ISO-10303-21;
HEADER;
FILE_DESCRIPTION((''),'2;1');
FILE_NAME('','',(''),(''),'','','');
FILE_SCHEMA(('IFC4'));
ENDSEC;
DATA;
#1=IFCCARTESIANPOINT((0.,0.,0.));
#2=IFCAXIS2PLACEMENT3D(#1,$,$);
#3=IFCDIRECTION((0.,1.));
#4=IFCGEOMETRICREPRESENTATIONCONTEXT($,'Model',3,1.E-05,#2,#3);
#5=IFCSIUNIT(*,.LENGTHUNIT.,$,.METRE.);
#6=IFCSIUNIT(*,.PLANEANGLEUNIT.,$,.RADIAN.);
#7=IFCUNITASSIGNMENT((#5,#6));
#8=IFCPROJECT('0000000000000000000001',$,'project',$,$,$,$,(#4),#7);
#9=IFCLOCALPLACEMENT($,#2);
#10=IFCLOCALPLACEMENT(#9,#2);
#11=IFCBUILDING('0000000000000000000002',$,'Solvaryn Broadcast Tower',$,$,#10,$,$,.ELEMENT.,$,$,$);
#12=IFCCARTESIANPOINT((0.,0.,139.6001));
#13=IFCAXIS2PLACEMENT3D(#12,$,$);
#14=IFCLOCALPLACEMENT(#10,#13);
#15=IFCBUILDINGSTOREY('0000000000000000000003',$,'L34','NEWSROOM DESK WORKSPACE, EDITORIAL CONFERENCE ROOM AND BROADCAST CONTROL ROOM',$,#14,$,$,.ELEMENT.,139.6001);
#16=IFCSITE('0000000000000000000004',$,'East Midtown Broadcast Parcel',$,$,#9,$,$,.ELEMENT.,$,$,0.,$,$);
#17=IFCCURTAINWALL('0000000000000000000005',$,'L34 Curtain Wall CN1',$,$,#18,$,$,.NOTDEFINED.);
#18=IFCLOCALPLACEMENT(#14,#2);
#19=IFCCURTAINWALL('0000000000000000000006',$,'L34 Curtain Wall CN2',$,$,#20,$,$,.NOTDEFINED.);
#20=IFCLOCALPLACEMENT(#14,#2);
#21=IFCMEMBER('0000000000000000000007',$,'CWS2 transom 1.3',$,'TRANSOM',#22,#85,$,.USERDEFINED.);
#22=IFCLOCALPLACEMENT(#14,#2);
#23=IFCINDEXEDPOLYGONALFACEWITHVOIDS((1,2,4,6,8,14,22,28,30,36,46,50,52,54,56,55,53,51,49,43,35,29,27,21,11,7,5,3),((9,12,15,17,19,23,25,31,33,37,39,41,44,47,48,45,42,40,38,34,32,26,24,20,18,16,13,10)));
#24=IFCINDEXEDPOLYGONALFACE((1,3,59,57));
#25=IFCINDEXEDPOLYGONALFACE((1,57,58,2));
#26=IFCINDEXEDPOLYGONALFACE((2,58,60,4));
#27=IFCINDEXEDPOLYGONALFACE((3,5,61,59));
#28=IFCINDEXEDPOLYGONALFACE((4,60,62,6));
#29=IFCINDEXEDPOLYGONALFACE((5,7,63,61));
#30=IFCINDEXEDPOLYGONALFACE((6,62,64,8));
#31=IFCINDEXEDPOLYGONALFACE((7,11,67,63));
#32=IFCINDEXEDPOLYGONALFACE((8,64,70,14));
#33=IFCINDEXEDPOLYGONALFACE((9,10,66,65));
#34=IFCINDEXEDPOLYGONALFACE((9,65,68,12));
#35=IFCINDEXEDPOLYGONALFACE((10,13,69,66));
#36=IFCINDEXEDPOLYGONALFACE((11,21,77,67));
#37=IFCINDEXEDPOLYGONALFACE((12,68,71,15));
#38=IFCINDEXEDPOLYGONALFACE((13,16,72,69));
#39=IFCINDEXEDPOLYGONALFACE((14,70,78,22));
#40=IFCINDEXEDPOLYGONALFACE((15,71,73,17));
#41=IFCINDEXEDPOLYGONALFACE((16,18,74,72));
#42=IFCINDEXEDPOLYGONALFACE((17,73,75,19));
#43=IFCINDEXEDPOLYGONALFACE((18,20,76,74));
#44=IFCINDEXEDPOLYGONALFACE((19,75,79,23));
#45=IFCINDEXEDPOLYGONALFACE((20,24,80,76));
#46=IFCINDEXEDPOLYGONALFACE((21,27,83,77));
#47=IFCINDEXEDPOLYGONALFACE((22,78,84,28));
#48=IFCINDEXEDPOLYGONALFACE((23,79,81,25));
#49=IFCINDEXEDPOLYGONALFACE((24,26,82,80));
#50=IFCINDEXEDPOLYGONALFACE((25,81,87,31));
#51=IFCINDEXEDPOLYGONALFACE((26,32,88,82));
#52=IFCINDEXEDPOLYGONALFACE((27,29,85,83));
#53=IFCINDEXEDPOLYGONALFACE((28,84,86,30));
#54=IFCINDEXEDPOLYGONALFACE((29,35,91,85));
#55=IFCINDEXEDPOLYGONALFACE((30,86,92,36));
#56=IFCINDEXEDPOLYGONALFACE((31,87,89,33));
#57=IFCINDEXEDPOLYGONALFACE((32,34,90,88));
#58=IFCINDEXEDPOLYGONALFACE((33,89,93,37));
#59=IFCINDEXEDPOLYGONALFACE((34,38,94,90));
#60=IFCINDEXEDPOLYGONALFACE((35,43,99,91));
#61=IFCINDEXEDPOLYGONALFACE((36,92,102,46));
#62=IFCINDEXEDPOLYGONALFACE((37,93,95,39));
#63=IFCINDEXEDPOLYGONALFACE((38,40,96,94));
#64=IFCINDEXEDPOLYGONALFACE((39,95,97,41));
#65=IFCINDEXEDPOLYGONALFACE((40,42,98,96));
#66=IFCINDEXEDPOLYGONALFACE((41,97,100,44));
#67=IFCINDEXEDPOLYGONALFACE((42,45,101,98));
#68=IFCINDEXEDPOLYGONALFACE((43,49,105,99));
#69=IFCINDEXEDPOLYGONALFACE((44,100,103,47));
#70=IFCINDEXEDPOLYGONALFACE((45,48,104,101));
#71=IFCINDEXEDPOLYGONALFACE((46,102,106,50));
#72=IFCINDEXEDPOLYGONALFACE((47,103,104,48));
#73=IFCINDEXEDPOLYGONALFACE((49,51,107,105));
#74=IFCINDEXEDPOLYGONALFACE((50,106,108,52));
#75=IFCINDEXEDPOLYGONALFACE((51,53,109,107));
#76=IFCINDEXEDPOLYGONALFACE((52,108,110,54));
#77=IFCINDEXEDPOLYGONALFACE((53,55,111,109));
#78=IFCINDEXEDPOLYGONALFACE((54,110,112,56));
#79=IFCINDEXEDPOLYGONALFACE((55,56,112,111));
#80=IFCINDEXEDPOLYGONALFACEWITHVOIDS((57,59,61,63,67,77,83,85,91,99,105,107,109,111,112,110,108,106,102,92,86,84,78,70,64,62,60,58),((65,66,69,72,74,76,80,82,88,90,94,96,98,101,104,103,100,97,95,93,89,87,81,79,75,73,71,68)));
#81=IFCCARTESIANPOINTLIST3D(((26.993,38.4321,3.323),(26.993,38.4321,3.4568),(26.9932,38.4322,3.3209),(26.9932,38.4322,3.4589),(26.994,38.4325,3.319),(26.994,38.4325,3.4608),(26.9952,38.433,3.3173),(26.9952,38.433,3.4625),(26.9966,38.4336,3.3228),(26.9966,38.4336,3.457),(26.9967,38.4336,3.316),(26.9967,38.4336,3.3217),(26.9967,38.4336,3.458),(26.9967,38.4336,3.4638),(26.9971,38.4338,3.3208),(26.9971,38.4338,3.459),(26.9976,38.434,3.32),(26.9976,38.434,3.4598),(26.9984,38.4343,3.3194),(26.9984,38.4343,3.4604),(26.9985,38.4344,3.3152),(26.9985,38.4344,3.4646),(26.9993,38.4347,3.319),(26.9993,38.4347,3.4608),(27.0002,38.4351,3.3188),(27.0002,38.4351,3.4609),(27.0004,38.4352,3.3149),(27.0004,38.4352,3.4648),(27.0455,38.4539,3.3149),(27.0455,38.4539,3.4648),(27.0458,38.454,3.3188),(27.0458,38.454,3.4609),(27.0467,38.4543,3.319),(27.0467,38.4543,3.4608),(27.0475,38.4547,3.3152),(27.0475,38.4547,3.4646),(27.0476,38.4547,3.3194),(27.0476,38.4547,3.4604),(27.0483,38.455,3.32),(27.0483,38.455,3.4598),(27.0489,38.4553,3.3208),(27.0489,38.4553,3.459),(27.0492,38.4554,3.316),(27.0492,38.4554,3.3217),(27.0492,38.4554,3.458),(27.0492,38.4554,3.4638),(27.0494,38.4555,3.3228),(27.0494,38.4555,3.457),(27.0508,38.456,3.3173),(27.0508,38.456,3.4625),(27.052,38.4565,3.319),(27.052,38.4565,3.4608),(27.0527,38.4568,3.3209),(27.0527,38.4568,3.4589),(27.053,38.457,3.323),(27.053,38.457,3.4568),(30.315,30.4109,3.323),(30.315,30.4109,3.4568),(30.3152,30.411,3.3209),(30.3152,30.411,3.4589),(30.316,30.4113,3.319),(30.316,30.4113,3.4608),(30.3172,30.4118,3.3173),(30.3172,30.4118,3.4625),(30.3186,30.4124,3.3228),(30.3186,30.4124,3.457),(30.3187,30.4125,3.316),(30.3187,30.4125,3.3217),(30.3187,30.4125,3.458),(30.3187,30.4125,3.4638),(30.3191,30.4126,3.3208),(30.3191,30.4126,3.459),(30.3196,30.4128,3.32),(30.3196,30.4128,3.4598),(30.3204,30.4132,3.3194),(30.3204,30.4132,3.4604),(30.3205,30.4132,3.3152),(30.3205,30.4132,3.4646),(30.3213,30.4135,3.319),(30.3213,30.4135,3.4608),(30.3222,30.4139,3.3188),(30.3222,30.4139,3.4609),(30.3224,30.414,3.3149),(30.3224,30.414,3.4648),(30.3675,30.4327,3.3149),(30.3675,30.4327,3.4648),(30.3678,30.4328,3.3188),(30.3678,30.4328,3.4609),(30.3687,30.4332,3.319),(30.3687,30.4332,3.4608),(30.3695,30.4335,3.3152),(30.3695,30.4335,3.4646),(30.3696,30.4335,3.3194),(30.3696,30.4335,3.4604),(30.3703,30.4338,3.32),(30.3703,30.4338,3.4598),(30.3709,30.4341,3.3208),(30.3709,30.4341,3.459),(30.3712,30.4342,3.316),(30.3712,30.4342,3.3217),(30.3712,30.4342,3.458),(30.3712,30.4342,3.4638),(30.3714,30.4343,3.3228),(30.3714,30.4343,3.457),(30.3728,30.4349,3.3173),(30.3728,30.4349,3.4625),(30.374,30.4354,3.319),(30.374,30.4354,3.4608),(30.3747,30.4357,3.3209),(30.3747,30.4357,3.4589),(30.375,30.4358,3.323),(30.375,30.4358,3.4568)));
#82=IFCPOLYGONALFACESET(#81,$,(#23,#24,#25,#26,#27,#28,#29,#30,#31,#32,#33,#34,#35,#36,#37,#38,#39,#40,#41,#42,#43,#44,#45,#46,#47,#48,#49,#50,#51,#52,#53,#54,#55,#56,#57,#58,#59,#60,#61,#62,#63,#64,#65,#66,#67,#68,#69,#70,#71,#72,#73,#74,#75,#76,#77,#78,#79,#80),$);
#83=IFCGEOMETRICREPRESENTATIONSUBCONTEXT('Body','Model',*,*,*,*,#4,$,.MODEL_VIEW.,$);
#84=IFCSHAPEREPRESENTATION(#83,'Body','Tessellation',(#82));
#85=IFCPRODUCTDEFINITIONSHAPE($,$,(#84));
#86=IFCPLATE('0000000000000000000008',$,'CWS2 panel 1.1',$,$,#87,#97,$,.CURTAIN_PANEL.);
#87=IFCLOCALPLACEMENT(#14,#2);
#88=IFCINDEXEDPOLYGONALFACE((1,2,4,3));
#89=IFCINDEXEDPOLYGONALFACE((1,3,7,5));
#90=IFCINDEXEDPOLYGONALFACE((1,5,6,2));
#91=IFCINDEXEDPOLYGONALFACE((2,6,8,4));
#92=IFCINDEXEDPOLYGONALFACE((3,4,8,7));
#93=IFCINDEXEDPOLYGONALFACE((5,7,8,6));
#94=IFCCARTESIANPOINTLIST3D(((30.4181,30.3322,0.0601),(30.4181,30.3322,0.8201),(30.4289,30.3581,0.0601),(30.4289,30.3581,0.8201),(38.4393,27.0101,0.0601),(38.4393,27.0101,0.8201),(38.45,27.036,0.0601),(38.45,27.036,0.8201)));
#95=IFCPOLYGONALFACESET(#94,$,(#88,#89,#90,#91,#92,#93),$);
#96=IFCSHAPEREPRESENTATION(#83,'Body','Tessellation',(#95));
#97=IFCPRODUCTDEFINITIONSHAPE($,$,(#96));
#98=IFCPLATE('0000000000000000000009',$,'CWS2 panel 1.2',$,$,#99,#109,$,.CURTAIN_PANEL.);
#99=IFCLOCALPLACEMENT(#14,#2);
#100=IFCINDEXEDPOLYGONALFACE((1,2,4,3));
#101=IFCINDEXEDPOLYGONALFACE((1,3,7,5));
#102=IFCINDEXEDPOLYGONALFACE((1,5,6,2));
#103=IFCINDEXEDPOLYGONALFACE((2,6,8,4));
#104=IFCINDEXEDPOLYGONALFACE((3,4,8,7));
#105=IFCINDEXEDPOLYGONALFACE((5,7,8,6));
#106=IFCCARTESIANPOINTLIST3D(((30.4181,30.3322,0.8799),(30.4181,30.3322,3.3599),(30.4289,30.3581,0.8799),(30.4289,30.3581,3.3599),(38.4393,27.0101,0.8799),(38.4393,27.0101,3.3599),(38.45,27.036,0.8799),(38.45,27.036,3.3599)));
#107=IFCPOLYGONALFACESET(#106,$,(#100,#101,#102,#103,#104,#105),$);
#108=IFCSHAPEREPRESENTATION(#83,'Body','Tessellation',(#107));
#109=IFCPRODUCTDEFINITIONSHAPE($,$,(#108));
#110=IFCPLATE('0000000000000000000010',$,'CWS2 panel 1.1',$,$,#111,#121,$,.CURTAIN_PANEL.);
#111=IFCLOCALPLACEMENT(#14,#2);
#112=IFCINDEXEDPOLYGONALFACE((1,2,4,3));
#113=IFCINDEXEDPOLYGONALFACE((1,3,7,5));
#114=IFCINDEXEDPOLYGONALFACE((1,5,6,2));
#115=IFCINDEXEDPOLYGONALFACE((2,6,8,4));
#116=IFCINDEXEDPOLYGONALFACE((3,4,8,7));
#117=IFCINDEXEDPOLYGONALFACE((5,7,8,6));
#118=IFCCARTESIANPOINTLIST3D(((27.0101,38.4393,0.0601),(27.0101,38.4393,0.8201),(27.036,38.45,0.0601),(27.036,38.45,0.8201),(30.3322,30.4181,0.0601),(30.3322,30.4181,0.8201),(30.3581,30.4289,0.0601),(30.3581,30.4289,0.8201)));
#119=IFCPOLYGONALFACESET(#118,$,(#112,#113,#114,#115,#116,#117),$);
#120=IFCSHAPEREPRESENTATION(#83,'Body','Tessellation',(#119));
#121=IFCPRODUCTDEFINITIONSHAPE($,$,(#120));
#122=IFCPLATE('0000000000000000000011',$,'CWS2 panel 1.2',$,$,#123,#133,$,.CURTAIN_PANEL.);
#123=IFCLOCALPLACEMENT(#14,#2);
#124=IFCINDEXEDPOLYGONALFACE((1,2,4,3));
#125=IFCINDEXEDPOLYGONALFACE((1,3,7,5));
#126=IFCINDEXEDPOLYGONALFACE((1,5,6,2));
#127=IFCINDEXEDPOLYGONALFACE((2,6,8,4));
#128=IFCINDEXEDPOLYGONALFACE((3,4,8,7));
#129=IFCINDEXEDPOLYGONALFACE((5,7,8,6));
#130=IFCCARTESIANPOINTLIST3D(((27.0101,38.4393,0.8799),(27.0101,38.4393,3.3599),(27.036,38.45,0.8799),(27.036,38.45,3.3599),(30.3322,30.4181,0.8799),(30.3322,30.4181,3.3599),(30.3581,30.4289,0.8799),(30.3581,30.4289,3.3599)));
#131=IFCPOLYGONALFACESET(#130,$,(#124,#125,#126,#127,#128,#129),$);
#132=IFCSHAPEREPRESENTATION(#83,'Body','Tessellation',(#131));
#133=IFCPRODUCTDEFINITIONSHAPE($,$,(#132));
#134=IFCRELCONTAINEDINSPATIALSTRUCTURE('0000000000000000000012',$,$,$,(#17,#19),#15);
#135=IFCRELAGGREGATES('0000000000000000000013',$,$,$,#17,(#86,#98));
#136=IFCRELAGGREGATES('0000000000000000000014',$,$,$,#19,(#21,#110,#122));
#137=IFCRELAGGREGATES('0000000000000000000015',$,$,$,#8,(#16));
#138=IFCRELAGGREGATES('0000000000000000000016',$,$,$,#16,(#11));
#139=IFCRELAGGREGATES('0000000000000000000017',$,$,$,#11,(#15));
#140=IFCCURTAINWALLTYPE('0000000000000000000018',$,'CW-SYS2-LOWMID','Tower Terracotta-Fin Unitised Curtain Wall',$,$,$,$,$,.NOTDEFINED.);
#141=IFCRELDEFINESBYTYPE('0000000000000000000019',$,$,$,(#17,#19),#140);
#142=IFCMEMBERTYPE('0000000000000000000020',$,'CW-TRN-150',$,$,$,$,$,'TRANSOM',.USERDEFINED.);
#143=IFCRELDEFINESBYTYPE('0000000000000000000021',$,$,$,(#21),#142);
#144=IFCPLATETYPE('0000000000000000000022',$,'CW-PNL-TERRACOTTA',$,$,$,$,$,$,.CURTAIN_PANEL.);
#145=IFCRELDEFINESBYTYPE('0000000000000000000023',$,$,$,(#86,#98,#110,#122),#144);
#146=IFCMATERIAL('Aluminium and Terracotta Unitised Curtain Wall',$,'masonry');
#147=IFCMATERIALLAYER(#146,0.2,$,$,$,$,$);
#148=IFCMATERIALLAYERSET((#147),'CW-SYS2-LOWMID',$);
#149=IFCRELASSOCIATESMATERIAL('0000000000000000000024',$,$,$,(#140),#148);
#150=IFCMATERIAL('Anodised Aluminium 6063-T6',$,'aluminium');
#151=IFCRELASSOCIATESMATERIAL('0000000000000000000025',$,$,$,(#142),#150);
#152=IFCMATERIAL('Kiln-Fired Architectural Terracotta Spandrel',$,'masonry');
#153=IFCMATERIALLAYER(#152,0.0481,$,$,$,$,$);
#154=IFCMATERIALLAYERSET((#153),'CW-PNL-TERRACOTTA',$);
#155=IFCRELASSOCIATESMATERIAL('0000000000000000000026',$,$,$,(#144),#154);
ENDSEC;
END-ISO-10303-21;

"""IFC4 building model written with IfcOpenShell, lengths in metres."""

from ifc_helpers import new_model, si_unit, direction, frame, origin, origin_2d, place, context, subcontext, project, spatial, rectangle, hollow_rectangle, extrude, material, layer, layer_set, material_profile, profile_set, type_object, element, aggregate, save


model = new_model("IFC4")

# Units and contexts
model_context = context("Model", 3, precision=1e-05, world=origin(), true_north=direction((0.0, 1.0)))
body_context = subcontext(model_context, "Body", "Model", "MODEL_VIEW")
ifc_project = project(units=[si_unit("LENGTHUNIT", "METRE"), si_unit("PLANEANGLEUNIT", "RADIAN")], contexts=[model_context])

# Site, building, storey
site_placement = place(None, origin())
site = spatial("IfcSite", under=ifc_project, at=site_placement, Name="East Midtown Broadcast Parcel", CompositionType="ELEMENT", RefElevation=0.0)
building_placement = place(site_placement, origin())
building = spatial("IfcBuilding", under=site, at=building_placement, Name="Solvaryn Broadcast Tower", CompositionType="ELEMENT")
storey_placement = place(building_placement, frame((0.0, 0.0, 139.6001)))
storey = spatial("IfcBuildingStorey", under=building, at=storey_placement, Name="L34", Description="NEWSROOM DESK WORKSPACE, EDITORIAL CONFERENCE ROOM AND BROADCAST CONTROL ROOM", CompositionType="ELEMENT", Elevation=139.6001)

# Curtain wall
ifc_material_1 = material(Name="Aluminium and Terracotta Unitised Curtain Wall", Category="masonry")
ifc_layer_1 = layer(ifc_material_1, 0.2)
ifc_layer_set_1 = layer_set([ifc_layer_1], Name="CW-SYS2-LOWMID")
curtain_wall_type = type_object("IfcCurtainWallType", Name="CW-SYS2-LOWMID", Description="Tower Terracotta-Fin Unitised Curtain Wall", PredefinedType="NOTDEFINED", material=ifc_layer_set_1)
curtain_wall_1_placement = place(storey_placement, origin())
curtain_wall_1 = element("IfcCurtainWall", 1, at=curtain_wall_1_placement, inside=storey, type_object=curtain_wall_type, Name="L34 Curtain Wall CN1", PredefinedType="NOTDEFINED")

# Curtain wall, member
curtain_wall_2_placement = place(storey_placement, origin())
curtain_wall_2 = element("IfcCurtainWall", 2, at=curtain_wall_2_placement, inside=storey, type_object=curtain_wall_type, Name="L34 Curtain Wall CN2", PredefinedType="NOTDEFINED")
ifc_material_2 = material(Name="Anodised Aluminium 6063-T6", Category="aluminium")
ifc_material_profile_1 = material_profile(ifc_material_2, hollow_rectangle(XDim=0.0649, YDim=0.1499, WallThickness=0.0039, InnerFilletRadius=0.0039, OuterFilletRadius=0.0081, at=origin_2d()))
ifc_profile_set_1 = profile_set([ifc_material_profile_1], Name="Anodised Aluminium 6063-T6")
member_type_1 = type_object("IfcMemberType", Name="CW-TRN-150", ElementType="TRANSOM", PredefinedType="USERDEFINED", material=ifc_profile_set_1)
member_1_placement = place(storey_placement, frame((30.345, 30.4233, 3.3899), z_axis=(-0.382636, 0.923899, 0.0), x_axis=(-0.923899, -0.382636, 0.0)))
member_1 = element("IfcMember", 3, at=member_1_placement, type_object=member_type_1, Name="CWS2 transom 1.3", ObjectType="TRANSOM", PredefinedType="USERDEFINED", context=body_context, shape_type="SweptSolid", body=[
    extrude(hollow_rectangle(XDim=0.0649, YDim=0.1499, WallThickness=0.0039, InnerFilletRadius=0.0039, OuterFilletRadius=0.0081, at=origin_2d()), origin(), (0.0, 0.0, 1.0), 8.6819),
])

# Plates
ifc_material_3 = material(Name="Kiln-Fired Architectural Terracotta Spandrel", Category="masonry")
ifc_layer_2 = layer(ifc_material_3, 0.0481)
ifc_layer_set_2 = layer_set([ifc_layer_2], Name="CW-PNL-TERRACOTTA")
plate_type = type_object("IfcPlateType", Name="CW-PNL-TERRACOTTA", PredefinedType="CURTAIN_PANEL", material=ifc_layer_set_2)
plate_1_placement = place(storey_placement, frame((34.4341, 28.6841, 0.0601), z_axis=(0.0, 0.0, 1.0), x_axis=(-0.923895, 0.382646, 0.0)))
plate_1 = element("IfcPlate", 4, at=plate_1_placement, type_object=plate_type, Name="CWS2 panel 1.1", PredefinedType="CURTAIN_PANEL", context=body_context, shape_type="SweptSolid", body=[
    extrude(rectangle(XDim=8.6819, YDim=0.0281, at=origin_2d()), origin(), (0.0, 0.0, 1.0), 0.76),
])
plate_2_placement = place(storey_placement, frame((34.4341, 28.6841, 0.8799), z_axis=(0.0, 0.0, 1.0), x_axis=(-0.923895, 0.382646, 0.0)))
plate_2 = element("IfcPlate", 5, at=plate_2_placement, type_object=plate_type, Name="CWS2 panel 1.2", PredefinedType="CURTAIN_PANEL", context=body_context, shape_type="SweptSolid", body=[
    extrude(rectangle(XDim=8.6819, YDim=0.0281, at=origin_2d()), origin(), (0.0, 0.0, 1.0), 2.48),
])
aggregate(curtain_wall_1, [plate_1, plate_2])
plate_3_placement = place(storey_placement, frame((28.6841, 34.4341, 0.0601), z_axis=(0.0, 0.0, 1.0), x_axis=(-0.382646, 0.923895, 0.0)))
plate_3 = element("IfcPlate", 6, at=plate_3_placement, type_object=plate_type, Name="CWS2 panel 1.1", PredefinedType="CURTAIN_PANEL", context=body_context, shape_type="SweptSolid", body=[
    extrude(rectangle(XDim=8.6819, YDim=0.0281, at=origin_2d()), origin(), (0.0, 0.0, 1.0), 0.76),
])
plate_4_placement = place(storey_placement, frame((28.6841, 34.4341, 0.8799), z_axis=(0.0, 0.0, 1.0), x_axis=(-0.382646, 0.923895, 0.0)))
plate_4 = element("IfcPlate", 7, at=plate_4_placement, type_object=plate_type, Name="CWS2 panel 1.2", PredefinedType="CURTAIN_PANEL", context=body_context, shape_type="SweptSolid", body=[
    extrude(rectangle(XDim=8.6819, YDim=0.0281, at=origin_2d()), origin(), (0.0, 0.0, 1.0), 2.48),
])
aggregate(curtain_wall_2, [member_1, plate_3, plate_4])

save(model, "model.ifc")
